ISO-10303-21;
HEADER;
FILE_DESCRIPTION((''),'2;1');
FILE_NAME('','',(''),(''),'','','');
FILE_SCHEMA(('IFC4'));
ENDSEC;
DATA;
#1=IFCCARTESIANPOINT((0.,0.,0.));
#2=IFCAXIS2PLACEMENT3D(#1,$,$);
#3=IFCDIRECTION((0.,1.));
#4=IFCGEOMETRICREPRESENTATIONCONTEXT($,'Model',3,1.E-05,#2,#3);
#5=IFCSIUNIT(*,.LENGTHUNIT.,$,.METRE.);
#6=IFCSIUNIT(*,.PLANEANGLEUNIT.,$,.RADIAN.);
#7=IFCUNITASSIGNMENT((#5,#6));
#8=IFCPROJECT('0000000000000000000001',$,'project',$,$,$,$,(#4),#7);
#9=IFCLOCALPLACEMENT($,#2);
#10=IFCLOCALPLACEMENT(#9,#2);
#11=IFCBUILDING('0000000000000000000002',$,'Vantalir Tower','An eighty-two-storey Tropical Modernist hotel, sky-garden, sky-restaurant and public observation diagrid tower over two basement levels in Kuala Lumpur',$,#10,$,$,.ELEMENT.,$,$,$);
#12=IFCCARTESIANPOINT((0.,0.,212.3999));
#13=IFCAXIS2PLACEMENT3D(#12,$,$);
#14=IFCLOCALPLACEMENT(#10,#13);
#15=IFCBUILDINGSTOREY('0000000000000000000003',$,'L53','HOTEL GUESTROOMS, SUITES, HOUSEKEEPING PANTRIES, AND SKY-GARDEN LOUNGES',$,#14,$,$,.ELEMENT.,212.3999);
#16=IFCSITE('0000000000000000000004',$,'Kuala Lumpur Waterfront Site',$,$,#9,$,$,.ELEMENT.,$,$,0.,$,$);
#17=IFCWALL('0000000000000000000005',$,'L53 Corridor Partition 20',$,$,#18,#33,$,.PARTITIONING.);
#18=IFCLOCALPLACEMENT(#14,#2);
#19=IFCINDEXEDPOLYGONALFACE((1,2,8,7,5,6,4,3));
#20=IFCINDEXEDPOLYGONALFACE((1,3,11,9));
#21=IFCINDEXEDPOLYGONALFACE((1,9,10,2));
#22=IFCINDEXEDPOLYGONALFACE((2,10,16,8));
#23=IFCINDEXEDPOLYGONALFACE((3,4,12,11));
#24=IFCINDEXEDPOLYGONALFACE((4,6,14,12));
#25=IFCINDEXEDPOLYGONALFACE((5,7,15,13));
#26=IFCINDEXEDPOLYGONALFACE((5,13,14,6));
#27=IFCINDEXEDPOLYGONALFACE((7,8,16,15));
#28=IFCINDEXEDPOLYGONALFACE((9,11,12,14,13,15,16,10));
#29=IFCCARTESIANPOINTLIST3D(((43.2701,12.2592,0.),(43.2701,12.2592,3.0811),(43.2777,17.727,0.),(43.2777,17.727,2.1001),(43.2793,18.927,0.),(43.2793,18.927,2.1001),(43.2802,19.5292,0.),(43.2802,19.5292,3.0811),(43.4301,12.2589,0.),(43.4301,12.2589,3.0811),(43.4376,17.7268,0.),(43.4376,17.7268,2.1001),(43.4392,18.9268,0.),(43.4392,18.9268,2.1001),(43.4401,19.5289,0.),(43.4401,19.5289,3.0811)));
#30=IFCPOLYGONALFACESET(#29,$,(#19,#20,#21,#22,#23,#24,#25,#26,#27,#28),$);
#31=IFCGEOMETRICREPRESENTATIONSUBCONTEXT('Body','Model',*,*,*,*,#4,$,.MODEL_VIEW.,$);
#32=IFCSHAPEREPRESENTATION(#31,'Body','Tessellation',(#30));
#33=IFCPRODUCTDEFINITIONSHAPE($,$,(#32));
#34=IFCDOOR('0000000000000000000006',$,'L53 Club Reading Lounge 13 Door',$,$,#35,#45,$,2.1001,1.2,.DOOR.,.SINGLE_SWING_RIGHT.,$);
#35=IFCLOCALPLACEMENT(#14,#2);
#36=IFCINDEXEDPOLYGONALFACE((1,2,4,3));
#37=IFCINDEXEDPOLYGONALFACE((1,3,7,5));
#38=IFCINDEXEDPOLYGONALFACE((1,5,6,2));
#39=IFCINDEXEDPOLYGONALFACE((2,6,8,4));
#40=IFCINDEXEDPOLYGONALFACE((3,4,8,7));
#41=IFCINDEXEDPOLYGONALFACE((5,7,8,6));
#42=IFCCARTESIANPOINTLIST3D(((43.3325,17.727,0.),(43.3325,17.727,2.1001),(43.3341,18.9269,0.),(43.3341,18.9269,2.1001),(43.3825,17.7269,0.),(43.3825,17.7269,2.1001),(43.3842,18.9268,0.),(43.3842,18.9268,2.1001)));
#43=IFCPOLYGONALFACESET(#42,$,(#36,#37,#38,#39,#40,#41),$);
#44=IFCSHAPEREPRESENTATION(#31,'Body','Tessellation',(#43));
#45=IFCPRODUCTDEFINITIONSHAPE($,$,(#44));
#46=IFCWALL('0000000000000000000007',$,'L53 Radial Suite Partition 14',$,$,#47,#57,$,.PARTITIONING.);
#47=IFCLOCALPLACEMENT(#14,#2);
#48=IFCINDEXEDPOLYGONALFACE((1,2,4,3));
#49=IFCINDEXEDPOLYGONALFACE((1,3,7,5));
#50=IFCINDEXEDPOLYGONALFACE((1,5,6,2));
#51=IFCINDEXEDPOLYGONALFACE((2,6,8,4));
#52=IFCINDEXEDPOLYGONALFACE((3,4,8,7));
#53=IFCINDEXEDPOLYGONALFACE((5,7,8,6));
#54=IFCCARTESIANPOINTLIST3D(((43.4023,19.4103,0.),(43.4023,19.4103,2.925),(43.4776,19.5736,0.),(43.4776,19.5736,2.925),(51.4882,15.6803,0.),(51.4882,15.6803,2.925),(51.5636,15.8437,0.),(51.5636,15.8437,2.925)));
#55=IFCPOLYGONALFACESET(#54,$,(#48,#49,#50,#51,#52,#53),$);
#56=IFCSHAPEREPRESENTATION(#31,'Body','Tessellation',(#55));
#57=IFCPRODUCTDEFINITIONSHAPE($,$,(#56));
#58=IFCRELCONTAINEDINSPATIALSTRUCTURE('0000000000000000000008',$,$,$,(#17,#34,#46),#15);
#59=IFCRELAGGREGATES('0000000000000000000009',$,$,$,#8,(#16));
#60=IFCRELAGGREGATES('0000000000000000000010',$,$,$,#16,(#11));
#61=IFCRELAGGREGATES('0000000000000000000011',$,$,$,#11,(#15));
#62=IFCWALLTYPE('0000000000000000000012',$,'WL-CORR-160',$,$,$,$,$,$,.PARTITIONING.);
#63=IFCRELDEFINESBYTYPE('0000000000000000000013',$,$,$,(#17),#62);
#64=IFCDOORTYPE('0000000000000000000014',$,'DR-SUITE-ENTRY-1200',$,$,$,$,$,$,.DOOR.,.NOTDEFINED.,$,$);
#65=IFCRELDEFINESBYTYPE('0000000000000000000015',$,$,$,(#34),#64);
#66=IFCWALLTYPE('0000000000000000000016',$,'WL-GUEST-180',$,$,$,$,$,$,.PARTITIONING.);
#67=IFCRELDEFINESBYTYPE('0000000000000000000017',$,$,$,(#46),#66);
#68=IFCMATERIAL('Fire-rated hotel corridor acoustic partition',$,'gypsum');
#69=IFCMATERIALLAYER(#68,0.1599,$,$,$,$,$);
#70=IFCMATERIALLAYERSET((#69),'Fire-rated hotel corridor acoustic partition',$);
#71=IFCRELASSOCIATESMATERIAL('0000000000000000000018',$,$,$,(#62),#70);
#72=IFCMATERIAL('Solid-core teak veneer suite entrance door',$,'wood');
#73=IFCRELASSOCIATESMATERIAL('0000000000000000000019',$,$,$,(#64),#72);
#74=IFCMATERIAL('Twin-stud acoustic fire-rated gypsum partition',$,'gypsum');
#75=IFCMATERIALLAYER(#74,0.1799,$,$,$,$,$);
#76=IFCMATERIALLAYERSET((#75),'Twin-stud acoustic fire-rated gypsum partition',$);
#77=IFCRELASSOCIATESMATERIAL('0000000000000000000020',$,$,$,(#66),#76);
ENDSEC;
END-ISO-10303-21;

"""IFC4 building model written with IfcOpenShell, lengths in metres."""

from ifc_helpers import new_model, si_unit, direction, frame, frame_2d, origin, place, context, subcontext, project, spatial, rectangle, extrude, material, layer, layer_set, type_object, element, fill, save


model = new_model("IFC4")

# Units and contexts
model_context = context("Model", 3, precision=1e-05, world=origin(), true_north=direction((0.0, 1.0)))
body_context = subcontext(model_context, "Body", "Model", "MODEL_VIEW")
ifc_project = project(units=[si_unit("LENGTHUNIT", "METRE"), si_unit("PLANEANGLEUNIT", "RADIAN")], contexts=[model_context])

# Site, building, storey
site_placement = place(None, origin())
site = spatial("IfcSite", under=ifc_project, at=site_placement, Name="Kuala Lumpur Waterfront Site", CompositionType="ELEMENT", RefElevation=0.0)
building_placement = place(site_placement, origin())
building = spatial("IfcBuilding", under=site, at=building_placement, Name="Vantalir Tower", Description="An eighty-two-storey Tropical Modernist hotel, sky-garden, sky-restaurant and public observation diagrid tower over two basement levels in Kuala Lumpur", CompositionType="ELEMENT")
storey_placement = place(building_placement, frame((0.0, 0.0, 212.3999)))
storey = spatial("IfcBuildingStorey", under=building, at=storey_placement, Name="L53", Description="HOTEL GUESTROOMS, SUITES, HOUSEKEEPING PANTRIES, AND SKY-GARDEN LOUNGES", CompositionType="ELEMENT", Elevation=212.3999)

# Shared definitions
ifc_material_1 = material(Name="Fire-rated hotel corridor acoustic partition", Category="gypsum")
ifc_layer_1 = layer(ifc_material_1, 0.1599)
ifc_layer_set_1 = layer_set([ifc_layer_1], Name="Fire-rated hotel corridor acoustic partition")
wall_type_1 = type_object("IfcWallType", Name="WL-CORR-160", PredefinedType="PARTITIONING", material=ifc_layer_set_1)

# Wall, opening, door
wall_1_placement = place(storey_placement, frame((43.3601, 19.5291, 0.0), z_axis=(0.0, 0.0, 1.0), x_axis=(-0.001377, -0.999999, 0.0)))
wall_1 = element("IfcWall", 1, at=wall_1_placement, inside=storey, type_object=wall_type_1, Name="L53 Corridor Partition 20", PredefinedType="PARTITIONING", context=body_context, shape_type="SweptSolid", body=[
    extrude(rectangle(XDim=7.27, YDim=0.1599, at=frame_2d((3.635, 0.0))), origin(), (0.0, 0.0, 1.0), 3.0811),
])
opening_1_placement = place(wall_1_placement, frame((0.6021, 0.0, 0.0)))
opening_1 = element("IfcOpeningElement", 2, at=opening_1_placement, cuts=wall_1, PredefinedType="OPENING", context=body_context, shape_type="SweptSolid", body=[
    extrude(rectangle(XDim=1.2, YDim=2.1001, at=frame_2d((0.6001, 1.05))), frame((0.0, 0.0898, 0.0), z_axis=(0.0, -1.0, 0.0), x_axis=(1.0, 0.0, 0.0)), (0.0, 0.0, 1.0), 0.1799),
])
ifc_material_2 = material(Name="Solid-core teak veneer suite entrance door", Category="wood")
door_type_1 = type_object("IfcDoorType", Name="DR-SUITE-ENTRY-1200", OperationType="NOTDEFINED", PredefinedType="DOOR", material=ifc_material_2)
door_1_placement = place(opening_1_placement, origin())
door_1 = element("IfcDoor", 3, at=door_1_placement, inside=storey, type_object=door_type_1, Name="L53 Club Reading Lounge 13 Door", OperationType="SINGLE_SWING_RIGHT", OverallHeight=2.1001, OverallWidth=1.2, PredefinedType="DOOR", context=body_context, shape_type="SweptSolid", body=[
    extrude(rectangle(XDim=1.2, YDim=2.1001, at=frame_2d((0.6001, 1.05))), frame((0.0, 0.0249, 0.0), z_axis=(0.0, -1.0, 0.0), x_axis=(1.0, 0.0, 0.0)), (0.0, 0.0, 1.0), 0.05),
])
fill(opening_1, door_1)

# Wall
ifc_material_3 = material(Name="Twin-stud acoustic fire-rated gypsum partition", Category="gypsum")
ifc_layer_2 = layer(ifc_material_3, 0.1799)
ifc_layer_set_2 = layer_set([ifc_layer_2], Name="Twin-stud acoustic fire-rated gypsum partition")
wall_type_2 = type_object("IfcWallType", Name="WL-GUEST-180", PredefinedType="PARTITIONING", material=ifc_layer_set_2)
wall_2_placement = place(storey_placement, frame((43.4399, 19.4919, 0.0), z_axis=(0.0, 0.0, 1.0), x_axis=(0.908044, -0.418874, 0.0)))
element("IfcWall", 4, at=wall_2_placement, inside=storey, type_object=wall_type_2, Name="L53 Radial Suite Partition 14", PredefinedType="PARTITIONING", context=body_context, shape_type="SweptSolid", body=[
    extrude(rectangle(XDim=8.9048, YDim=0.1799, at=frame_2d((4.4524, 0.0))), origin(), (0.0, 0.0, 1.0), 2.925),
])

save(model, "model.ifc")
